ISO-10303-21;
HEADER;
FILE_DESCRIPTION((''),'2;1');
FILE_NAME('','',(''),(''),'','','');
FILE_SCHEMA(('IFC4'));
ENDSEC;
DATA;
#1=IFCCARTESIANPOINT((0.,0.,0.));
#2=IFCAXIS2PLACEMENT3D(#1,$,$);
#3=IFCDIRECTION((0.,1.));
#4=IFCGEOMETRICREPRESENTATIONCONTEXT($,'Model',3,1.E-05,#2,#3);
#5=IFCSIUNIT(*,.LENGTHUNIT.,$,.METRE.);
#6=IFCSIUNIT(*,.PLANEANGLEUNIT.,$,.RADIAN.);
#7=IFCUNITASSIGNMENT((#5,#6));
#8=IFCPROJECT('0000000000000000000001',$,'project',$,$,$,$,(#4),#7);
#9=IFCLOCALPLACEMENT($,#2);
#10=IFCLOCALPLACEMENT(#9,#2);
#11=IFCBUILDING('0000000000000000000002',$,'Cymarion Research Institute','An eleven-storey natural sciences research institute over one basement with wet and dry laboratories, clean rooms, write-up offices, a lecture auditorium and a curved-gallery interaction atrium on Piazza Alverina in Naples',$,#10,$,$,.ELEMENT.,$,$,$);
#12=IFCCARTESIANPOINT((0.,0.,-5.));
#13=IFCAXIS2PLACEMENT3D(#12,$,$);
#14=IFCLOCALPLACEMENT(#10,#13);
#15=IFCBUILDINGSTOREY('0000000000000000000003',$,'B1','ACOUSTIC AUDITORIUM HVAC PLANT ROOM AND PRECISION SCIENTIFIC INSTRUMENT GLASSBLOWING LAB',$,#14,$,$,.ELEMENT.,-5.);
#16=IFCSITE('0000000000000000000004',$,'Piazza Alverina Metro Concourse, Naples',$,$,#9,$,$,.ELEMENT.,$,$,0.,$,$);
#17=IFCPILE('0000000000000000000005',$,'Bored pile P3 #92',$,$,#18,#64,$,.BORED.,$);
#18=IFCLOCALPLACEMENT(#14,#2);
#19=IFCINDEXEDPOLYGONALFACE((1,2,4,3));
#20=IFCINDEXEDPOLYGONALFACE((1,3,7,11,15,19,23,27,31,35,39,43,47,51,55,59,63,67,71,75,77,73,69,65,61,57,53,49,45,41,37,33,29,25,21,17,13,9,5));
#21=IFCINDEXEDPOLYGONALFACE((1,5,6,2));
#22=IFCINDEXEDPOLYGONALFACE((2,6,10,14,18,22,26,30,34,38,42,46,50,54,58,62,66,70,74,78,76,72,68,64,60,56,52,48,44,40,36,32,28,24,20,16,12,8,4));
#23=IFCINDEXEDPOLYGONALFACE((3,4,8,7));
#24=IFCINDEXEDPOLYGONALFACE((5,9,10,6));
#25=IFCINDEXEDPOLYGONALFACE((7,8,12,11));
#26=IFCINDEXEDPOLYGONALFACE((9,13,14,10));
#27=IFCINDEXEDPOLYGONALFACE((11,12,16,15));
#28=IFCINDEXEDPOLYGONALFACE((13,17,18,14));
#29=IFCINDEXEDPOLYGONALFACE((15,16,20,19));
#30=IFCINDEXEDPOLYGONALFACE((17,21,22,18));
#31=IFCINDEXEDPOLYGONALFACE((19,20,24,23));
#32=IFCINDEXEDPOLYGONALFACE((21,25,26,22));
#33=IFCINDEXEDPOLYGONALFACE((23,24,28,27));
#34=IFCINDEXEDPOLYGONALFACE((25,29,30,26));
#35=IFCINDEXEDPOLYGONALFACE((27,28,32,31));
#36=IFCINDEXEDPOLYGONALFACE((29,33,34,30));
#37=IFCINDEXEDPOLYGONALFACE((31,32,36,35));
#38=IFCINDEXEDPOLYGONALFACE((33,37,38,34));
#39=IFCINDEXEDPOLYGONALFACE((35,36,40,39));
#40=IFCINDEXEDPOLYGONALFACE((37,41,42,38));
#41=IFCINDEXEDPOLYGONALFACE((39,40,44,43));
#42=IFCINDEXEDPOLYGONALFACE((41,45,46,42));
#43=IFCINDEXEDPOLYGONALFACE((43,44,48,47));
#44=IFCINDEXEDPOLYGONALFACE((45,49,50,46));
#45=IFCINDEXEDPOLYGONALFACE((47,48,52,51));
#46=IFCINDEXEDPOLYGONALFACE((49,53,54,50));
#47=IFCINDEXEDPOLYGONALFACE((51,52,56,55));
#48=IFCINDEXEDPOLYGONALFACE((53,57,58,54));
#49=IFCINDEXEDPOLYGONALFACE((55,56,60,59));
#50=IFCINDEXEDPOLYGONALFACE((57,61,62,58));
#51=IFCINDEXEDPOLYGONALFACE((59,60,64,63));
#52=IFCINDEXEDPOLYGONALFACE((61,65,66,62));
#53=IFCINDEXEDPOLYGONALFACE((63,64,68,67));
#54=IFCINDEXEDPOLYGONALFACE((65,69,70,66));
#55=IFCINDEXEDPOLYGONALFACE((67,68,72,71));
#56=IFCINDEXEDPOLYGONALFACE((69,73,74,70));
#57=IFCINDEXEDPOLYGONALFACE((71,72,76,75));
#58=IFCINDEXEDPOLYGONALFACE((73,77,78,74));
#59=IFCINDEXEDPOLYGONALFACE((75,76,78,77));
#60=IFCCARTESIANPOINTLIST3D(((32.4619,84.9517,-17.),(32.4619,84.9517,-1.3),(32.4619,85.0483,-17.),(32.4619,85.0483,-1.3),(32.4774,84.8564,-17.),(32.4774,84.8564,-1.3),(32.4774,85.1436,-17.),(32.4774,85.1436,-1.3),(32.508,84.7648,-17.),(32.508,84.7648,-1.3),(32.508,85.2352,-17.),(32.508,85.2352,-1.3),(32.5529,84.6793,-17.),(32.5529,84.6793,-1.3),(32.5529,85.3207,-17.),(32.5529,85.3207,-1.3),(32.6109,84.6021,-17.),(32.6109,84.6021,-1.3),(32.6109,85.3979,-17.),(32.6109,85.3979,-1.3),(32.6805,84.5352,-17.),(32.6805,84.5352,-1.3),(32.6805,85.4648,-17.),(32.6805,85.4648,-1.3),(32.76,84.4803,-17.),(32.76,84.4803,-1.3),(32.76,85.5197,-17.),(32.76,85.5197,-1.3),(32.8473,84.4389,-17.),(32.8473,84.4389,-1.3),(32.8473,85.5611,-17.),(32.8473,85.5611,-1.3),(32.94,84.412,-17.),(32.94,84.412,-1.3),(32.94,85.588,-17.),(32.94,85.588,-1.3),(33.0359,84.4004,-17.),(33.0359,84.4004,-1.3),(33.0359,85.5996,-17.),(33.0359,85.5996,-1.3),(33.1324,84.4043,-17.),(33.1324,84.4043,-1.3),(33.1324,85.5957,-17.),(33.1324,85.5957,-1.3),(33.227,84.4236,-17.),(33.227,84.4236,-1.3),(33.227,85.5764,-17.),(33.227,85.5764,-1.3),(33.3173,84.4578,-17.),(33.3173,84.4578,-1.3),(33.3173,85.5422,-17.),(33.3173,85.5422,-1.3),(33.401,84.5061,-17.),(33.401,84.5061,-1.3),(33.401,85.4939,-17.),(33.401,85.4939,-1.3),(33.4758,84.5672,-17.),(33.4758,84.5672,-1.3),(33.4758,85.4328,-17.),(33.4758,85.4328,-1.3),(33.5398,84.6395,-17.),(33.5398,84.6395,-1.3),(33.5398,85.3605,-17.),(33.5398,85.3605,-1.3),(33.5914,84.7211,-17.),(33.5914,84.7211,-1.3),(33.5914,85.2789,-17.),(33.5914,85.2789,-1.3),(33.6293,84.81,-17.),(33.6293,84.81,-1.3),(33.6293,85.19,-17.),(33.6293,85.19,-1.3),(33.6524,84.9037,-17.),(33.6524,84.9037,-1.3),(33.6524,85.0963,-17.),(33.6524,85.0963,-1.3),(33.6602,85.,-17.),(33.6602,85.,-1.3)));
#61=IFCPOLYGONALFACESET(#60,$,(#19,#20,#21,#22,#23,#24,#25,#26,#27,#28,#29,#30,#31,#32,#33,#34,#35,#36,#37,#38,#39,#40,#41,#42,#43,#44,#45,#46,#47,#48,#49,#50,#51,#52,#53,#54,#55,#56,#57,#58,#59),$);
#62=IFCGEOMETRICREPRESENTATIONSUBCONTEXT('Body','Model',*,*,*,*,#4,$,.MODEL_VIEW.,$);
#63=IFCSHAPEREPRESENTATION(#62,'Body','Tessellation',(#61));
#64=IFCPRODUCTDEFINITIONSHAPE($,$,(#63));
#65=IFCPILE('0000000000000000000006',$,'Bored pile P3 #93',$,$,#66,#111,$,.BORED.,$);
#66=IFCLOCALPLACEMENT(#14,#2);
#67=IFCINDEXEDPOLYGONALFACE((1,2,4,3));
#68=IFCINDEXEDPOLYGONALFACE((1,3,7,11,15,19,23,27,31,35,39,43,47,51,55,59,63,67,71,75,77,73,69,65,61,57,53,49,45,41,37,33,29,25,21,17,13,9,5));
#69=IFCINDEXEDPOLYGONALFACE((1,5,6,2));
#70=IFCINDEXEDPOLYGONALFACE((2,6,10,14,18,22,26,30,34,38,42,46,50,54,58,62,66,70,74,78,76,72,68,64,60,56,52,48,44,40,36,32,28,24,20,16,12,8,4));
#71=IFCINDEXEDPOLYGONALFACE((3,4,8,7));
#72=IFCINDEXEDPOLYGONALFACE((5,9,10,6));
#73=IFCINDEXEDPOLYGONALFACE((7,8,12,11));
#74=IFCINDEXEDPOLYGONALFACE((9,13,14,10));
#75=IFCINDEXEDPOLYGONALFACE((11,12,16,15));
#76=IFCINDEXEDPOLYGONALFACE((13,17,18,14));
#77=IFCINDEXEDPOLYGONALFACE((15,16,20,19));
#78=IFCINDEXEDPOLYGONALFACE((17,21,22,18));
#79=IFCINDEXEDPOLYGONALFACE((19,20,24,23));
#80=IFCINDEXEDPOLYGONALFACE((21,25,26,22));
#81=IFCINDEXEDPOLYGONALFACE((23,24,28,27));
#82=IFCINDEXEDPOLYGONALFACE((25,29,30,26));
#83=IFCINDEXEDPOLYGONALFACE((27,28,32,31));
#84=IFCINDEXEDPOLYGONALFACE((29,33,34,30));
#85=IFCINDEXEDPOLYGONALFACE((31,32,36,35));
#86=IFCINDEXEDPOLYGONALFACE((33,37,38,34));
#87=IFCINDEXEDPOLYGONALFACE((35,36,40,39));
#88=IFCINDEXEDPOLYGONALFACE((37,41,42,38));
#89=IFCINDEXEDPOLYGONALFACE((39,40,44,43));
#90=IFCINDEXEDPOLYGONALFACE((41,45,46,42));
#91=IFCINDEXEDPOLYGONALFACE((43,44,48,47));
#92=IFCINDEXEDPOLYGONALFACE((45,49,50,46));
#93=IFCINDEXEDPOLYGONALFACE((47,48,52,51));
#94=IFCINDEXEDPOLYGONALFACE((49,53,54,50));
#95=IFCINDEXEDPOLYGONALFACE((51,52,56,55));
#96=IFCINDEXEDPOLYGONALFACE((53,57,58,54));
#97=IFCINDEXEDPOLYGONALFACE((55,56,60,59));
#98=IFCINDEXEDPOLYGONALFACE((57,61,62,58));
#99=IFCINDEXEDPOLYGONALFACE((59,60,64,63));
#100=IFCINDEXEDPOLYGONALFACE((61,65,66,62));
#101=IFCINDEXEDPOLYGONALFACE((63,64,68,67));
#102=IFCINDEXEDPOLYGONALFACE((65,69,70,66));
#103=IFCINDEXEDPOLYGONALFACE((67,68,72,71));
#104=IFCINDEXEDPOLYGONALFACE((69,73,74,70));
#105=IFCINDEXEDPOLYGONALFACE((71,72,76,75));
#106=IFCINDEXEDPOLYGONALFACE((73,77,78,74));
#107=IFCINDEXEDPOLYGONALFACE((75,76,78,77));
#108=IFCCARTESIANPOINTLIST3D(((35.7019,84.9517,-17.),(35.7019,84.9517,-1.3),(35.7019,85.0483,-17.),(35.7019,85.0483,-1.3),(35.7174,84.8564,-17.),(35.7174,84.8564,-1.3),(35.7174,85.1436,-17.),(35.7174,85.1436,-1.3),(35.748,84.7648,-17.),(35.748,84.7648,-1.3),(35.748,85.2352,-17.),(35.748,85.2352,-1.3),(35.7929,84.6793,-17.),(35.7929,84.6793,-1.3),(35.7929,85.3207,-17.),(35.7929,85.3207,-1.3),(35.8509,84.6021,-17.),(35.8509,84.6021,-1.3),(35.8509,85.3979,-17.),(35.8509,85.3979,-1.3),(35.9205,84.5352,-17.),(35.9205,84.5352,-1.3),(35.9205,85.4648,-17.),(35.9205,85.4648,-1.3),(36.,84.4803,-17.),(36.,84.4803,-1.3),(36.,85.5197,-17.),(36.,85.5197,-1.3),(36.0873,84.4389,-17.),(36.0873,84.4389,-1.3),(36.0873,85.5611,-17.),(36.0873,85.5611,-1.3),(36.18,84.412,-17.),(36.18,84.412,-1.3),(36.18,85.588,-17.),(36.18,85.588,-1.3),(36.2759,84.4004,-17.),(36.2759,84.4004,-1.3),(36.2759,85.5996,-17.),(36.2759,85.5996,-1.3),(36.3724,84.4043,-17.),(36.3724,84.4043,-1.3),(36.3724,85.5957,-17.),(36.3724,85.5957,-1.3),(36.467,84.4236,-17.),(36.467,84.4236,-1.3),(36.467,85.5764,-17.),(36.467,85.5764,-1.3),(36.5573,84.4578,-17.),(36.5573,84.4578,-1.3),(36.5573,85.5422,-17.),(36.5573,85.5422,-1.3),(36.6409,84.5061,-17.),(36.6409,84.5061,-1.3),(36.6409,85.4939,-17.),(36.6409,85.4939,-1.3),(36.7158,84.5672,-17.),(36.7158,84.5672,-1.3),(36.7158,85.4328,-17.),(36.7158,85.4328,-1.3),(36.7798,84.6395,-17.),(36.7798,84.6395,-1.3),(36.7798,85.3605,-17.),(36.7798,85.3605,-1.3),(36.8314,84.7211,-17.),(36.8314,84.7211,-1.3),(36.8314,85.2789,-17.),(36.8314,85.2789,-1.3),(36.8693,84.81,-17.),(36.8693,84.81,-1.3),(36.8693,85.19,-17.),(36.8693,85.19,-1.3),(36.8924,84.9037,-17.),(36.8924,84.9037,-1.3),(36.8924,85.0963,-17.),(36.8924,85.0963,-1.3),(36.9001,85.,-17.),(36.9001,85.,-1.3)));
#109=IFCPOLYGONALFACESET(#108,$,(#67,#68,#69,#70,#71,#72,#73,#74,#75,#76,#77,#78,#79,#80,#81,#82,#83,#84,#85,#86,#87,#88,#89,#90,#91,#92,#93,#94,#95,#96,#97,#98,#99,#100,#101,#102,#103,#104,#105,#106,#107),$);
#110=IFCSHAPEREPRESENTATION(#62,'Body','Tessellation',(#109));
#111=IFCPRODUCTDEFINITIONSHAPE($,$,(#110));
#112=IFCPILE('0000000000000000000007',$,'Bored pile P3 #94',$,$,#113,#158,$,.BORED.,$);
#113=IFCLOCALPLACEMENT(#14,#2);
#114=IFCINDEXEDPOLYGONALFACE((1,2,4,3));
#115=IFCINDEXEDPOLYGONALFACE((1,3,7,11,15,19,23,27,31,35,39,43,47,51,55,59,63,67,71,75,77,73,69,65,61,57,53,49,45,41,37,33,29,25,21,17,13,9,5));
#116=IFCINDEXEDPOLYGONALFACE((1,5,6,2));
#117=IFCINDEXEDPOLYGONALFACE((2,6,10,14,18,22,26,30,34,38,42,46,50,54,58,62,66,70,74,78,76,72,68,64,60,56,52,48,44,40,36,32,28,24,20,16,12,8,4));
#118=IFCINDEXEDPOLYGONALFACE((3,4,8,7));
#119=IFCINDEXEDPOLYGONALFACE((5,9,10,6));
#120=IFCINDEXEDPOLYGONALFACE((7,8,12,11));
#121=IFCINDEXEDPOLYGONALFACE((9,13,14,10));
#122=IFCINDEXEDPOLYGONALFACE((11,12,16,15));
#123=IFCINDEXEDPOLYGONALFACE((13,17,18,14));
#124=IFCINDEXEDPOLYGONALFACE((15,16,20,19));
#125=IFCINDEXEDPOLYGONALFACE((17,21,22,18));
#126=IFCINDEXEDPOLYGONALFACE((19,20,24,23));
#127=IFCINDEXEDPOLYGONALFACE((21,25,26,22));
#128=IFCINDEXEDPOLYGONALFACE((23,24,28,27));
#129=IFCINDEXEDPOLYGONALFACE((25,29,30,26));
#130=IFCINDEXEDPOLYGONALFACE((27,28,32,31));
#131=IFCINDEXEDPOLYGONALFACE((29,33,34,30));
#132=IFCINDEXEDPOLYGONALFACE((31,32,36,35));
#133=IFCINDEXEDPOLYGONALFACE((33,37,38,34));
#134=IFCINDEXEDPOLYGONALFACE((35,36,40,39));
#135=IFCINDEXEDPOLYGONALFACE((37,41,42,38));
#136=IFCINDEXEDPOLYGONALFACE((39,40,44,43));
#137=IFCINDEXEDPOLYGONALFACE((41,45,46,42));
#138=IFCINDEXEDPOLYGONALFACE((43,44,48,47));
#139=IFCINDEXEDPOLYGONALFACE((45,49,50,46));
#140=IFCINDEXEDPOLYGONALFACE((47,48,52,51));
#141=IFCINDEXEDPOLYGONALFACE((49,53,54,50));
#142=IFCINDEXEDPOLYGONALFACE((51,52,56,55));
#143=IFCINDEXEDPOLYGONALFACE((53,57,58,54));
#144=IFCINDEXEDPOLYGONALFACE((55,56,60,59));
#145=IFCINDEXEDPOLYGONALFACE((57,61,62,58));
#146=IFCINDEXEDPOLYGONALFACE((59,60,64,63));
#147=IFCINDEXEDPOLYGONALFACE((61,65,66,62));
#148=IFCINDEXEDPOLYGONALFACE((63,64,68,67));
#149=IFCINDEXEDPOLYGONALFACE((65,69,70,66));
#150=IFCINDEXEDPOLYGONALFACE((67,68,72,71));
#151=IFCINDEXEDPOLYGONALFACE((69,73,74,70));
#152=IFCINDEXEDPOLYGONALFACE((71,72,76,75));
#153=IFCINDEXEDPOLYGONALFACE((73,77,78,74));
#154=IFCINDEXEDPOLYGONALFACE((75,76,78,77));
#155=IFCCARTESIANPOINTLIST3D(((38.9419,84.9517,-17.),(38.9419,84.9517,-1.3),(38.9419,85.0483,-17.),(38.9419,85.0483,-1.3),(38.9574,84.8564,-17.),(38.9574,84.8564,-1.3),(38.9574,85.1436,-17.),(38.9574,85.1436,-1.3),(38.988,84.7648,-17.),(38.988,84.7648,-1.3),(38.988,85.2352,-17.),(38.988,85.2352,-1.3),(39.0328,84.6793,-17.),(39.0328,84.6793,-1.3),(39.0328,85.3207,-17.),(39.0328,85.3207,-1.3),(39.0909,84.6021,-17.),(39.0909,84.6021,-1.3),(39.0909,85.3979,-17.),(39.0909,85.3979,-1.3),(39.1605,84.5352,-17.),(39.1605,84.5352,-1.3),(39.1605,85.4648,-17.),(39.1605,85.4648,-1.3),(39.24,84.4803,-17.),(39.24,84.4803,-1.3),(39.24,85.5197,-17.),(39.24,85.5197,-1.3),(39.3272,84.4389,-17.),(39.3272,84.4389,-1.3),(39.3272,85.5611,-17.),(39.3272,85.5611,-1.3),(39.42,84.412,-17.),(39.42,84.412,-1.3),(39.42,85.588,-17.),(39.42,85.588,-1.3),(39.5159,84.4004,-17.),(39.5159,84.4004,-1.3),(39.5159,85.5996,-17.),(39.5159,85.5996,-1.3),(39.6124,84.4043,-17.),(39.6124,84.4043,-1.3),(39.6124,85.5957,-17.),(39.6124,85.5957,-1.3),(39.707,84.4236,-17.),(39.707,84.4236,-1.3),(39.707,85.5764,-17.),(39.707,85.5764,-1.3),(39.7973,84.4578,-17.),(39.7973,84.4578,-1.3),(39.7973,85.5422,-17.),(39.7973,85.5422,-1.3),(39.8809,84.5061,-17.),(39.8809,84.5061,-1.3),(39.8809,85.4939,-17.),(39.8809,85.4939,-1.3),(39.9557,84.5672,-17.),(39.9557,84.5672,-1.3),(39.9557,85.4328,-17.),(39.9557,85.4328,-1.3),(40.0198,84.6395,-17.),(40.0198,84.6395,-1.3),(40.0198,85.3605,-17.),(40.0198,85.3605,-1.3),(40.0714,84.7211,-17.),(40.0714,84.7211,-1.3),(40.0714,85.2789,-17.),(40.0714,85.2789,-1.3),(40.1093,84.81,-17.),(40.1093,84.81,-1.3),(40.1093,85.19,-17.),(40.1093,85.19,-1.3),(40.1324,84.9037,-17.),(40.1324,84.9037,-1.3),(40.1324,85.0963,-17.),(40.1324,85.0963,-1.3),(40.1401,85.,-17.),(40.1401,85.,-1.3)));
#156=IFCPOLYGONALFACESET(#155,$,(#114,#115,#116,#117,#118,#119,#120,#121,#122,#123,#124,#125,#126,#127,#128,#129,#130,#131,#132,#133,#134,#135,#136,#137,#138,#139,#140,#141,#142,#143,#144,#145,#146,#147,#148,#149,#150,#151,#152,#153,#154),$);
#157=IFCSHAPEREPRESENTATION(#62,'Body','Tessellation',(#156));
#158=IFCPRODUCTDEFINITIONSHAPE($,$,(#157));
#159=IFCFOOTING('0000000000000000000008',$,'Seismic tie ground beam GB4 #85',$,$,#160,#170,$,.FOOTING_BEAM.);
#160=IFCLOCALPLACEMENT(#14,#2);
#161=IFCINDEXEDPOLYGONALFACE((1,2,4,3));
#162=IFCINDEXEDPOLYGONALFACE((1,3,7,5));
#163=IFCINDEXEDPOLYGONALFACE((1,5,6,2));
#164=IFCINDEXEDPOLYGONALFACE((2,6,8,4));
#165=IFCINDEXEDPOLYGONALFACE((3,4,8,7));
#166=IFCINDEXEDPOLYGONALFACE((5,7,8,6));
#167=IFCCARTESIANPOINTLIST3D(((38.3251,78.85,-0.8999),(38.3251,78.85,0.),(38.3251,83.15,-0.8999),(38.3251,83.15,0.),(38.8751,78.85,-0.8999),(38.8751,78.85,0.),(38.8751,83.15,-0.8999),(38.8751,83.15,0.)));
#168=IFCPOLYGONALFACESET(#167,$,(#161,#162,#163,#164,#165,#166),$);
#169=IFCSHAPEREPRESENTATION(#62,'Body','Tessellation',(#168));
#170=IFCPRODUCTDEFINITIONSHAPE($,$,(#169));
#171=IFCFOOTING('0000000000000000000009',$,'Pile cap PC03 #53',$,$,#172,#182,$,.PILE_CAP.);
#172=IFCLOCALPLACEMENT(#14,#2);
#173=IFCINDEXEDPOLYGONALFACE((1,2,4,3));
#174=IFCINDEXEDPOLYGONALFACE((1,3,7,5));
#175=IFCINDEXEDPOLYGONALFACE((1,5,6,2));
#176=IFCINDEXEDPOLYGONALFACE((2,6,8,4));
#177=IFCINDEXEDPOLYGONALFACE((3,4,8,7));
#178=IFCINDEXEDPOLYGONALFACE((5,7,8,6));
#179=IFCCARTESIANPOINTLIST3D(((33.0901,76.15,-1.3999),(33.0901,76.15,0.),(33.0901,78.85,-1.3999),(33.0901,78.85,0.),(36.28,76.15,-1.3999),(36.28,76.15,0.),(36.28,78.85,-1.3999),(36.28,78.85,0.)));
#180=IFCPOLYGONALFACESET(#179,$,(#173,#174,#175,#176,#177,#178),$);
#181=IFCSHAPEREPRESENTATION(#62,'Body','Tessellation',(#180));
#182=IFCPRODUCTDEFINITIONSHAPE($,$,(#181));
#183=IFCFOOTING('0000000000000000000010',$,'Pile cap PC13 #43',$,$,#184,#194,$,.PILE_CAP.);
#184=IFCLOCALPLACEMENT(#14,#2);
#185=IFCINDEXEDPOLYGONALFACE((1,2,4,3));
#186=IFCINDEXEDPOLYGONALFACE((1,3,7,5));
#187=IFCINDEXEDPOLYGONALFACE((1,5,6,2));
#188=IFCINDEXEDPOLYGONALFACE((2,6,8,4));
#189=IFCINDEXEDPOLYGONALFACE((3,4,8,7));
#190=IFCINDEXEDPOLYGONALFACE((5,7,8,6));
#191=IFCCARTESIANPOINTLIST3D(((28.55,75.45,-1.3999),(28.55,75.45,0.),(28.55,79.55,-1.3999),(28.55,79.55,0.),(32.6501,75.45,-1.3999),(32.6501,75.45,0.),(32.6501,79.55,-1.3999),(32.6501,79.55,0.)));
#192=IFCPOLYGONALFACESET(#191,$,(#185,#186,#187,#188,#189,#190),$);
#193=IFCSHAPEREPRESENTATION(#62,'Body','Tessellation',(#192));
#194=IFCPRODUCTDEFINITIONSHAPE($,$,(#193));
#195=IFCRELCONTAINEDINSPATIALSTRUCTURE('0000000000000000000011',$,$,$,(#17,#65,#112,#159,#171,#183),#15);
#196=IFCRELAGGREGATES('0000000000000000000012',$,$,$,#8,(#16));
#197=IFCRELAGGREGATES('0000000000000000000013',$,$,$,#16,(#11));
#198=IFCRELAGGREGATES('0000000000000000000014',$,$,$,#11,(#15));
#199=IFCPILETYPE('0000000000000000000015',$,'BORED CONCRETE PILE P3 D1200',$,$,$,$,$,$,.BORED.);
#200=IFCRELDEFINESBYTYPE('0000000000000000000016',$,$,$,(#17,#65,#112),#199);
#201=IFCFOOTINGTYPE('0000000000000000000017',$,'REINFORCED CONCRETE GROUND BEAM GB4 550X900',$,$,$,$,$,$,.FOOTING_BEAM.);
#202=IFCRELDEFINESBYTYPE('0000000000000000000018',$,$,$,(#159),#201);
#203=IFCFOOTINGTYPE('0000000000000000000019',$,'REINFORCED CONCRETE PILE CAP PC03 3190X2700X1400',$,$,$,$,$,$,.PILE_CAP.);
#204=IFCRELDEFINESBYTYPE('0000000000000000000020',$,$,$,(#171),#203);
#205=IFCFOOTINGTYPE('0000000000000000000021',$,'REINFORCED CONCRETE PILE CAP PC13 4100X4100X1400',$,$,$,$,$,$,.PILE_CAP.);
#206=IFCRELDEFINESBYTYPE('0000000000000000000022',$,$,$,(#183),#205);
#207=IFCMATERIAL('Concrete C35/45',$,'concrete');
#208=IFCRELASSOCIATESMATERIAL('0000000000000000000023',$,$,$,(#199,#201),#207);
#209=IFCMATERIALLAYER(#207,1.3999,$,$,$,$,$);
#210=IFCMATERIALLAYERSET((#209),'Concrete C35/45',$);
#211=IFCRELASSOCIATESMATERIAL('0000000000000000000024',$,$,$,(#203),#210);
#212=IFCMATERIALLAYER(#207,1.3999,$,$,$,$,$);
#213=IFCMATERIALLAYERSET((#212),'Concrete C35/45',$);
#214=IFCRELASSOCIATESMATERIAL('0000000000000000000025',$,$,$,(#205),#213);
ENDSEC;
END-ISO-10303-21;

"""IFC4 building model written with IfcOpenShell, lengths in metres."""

from ifc_helpers import new_model, si_unit, direction, frame, origin, origin_2d, place, context, subcontext, project, spatial, rectangle, circle, extrude, material, layer, layer_set, material_profile, profile_set, type_object, element, save


model = new_model("IFC4")

# Units and contexts
model_context = context("Model", 3, precision=1e-05, world=origin(), true_north=direction((0.0, 1.0)))
body_context = subcontext(model_context, "Body", "Model", "MODEL_VIEW")
ifc_project = project(units=[si_unit("LENGTHUNIT", "METRE"), si_unit("PLANEANGLEUNIT", "RADIAN")], contexts=[model_context])

# Site, building, storey
site_placement = place(None, origin())
site = spatial("IfcSite", under=ifc_project, at=site_placement, Name="Piazza Alverina Metro Concourse, Naples", CompositionType="ELEMENT", RefElevation=0.0)
building_placement = place(site_placement, origin())
building = spatial("IfcBuilding", under=site, at=building_placement, Name="Cymarion Research Institute", Description="An eleven-storey natural sciences research institute over one basement with wet and dry laboratories, clean rooms, write-up offices, a lecture auditorium and a curved-gallery interaction atrium on Piazza Alverina in Naples", CompositionType="ELEMENT")
storey_placement = place(building_placement, frame((0.0, 0.0, -5.0)))
storey = spatial("IfcBuildingStorey", under=building, at=storey_placement, Name="B1", Description="ACOUSTIC AUDITORIUM HVAC PLANT ROOM AND PRECISION SCIENTIFIC INSTRUMENT GLASSBLOWING LAB", CompositionType="ELEMENT", Elevation=-5.0)

# Piles
ifc_material_1 = material(Name="Concrete C35/45", Category="concrete")
ifc_material_profile_1 = material_profile(ifc_material_1, circle(Radius=0.6001, at=origin_2d()), Name="BORED PILE D1200")
ifc_profile_set_1 = profile_set([ifc_material_profile_1], Name="Concrete C35/45")
pile_type_1 = type_object("IfcPileType", Name="BORED CONCRETE PILE P3 D1200", PredefinedType="BORED", material=ifc_profile_set_1)
for number, where, z_axis, x_axis, name in (
    (1, (33.0601, 85.0, -1.3), (0.0, 0.0, -1.0), (1.0, 0.0, 0.0), "Bored pile P3 #92"),
    (2, (36.3, 85.0, -1.3), (0.0, 0.0, -1.0), (1.0, 0.0, 0.0), "Bored pile P3 #93"),
    (3, (39.54, 85.0, -1.3), (0.0, 0.0, -1.0), (1.0, 0.0, 0.0), "Bored pile P3 #94"),
):
    element("IfcPile", number, at=place(storey_placement, frame(where, z_axis=z_axis, x_axis=x_axis)), inside=storey, type_object=pile_type_1, Name=name, PredefinedType="BORED", context=body_context, shape_type="SweptSolid", body=[
        extrude(circle(Radius=0.6001, at=origin_2d()), origin(), (0.0, 0.0, 1.0), 15.7),
    ])

# Footings
footing_type_1 = type_object("IfcFootingType", Name="REINFORCED CONCRETE GROUND BEAM GB4 550X900", PredefinedType="FOOTING_BEAM", material=ifc_material_1)
footing_1_placement = place(storey_placement, frame((38.6001, 81.0, -0.8999), z_axis=(0.0, 0.0, 1.0), x_axis=(0.0, 1.0, 0.0)))
element("IfcFooting", 4, at=footing_1_placement, inside=storey, type_object=footing_type_1, Name="Seismic tie ground beam GB4 #85", PredefinedType="FOOTING_BEAM", context=body_context, shape_type="SweptSolid", body=[
    extrude(rectangle(XDim=4.3, YDim=0.55, at=origin_2d()), origin(), (0.0, 0.0, 1.0), 0.8999),
])
ifc_layer_1 = layer(ifc_material_1, 1.3999)
ifc_layer_set_1 = layer_set([ifc_layer_1], Name="Concrete C35/45")
footing_type_2 = type_object("IfcFootingType", Name="REINFORCED CONCRETE PILE CAP PC03 3190X2700X1400", PredefinedType="PILE_CAP", material=ifc_layer_set_1)
footing_2_placement = place(storey_placement, frame((34.6851, 77.5, -1.3999), z_axis=(0.0, 0.0, 1.0), x_axis=(1.0, 0.0, 0.0)))
element("IfcFooting", 5, at=footing_2_placement, inside=storey, type_object=footing_type_2, Name="Pile cap PC03 #53", PredefinedType="PILE_CAP", context=body_context, shape_type="SweptSolid", body=[
    extrude(rectangle(XDim=3.1899, YDim=2.7, at=origin_2d()), origin(), (0.0, 0.0, 1.0), 1.3999),
])
ifc_layer_2 = layer(ifc_material_1, 1.3999)
ifc_layer_set_2 = layer_set([ifc_layer_2], Name="Concrete C35/45")
footing_type_3 = type_object("IfcFootingType", Name="REINFORCED CONCRETE PILE CAP PC13 4100X4100X1400", PredefinedType="PILE_CAP", material=ifc_layer_set_2)
footing_3_placement = place(storey_placement, frame((30.6001, 77.5, -1.3999), z_axis=(0.0, 0.0, 1.0), x_axis=(1.0, 0.0, 0.0)))
element("IfcFooting", 6, at=footing_3_placement, inside=storey, type_object=footing_type_3, Name="Pile cap PC13 #43", PredefinedType="PILE_CAP", context=body_context, shape_type="SweptSolid", body=[
    extrude(rectangle(XDim=4.1001, YDim=4.1001, at=origin_2d()), origin(), (0.0, 0.0, 1.0), 1.3999),
])

save(model, "model.ifc")
